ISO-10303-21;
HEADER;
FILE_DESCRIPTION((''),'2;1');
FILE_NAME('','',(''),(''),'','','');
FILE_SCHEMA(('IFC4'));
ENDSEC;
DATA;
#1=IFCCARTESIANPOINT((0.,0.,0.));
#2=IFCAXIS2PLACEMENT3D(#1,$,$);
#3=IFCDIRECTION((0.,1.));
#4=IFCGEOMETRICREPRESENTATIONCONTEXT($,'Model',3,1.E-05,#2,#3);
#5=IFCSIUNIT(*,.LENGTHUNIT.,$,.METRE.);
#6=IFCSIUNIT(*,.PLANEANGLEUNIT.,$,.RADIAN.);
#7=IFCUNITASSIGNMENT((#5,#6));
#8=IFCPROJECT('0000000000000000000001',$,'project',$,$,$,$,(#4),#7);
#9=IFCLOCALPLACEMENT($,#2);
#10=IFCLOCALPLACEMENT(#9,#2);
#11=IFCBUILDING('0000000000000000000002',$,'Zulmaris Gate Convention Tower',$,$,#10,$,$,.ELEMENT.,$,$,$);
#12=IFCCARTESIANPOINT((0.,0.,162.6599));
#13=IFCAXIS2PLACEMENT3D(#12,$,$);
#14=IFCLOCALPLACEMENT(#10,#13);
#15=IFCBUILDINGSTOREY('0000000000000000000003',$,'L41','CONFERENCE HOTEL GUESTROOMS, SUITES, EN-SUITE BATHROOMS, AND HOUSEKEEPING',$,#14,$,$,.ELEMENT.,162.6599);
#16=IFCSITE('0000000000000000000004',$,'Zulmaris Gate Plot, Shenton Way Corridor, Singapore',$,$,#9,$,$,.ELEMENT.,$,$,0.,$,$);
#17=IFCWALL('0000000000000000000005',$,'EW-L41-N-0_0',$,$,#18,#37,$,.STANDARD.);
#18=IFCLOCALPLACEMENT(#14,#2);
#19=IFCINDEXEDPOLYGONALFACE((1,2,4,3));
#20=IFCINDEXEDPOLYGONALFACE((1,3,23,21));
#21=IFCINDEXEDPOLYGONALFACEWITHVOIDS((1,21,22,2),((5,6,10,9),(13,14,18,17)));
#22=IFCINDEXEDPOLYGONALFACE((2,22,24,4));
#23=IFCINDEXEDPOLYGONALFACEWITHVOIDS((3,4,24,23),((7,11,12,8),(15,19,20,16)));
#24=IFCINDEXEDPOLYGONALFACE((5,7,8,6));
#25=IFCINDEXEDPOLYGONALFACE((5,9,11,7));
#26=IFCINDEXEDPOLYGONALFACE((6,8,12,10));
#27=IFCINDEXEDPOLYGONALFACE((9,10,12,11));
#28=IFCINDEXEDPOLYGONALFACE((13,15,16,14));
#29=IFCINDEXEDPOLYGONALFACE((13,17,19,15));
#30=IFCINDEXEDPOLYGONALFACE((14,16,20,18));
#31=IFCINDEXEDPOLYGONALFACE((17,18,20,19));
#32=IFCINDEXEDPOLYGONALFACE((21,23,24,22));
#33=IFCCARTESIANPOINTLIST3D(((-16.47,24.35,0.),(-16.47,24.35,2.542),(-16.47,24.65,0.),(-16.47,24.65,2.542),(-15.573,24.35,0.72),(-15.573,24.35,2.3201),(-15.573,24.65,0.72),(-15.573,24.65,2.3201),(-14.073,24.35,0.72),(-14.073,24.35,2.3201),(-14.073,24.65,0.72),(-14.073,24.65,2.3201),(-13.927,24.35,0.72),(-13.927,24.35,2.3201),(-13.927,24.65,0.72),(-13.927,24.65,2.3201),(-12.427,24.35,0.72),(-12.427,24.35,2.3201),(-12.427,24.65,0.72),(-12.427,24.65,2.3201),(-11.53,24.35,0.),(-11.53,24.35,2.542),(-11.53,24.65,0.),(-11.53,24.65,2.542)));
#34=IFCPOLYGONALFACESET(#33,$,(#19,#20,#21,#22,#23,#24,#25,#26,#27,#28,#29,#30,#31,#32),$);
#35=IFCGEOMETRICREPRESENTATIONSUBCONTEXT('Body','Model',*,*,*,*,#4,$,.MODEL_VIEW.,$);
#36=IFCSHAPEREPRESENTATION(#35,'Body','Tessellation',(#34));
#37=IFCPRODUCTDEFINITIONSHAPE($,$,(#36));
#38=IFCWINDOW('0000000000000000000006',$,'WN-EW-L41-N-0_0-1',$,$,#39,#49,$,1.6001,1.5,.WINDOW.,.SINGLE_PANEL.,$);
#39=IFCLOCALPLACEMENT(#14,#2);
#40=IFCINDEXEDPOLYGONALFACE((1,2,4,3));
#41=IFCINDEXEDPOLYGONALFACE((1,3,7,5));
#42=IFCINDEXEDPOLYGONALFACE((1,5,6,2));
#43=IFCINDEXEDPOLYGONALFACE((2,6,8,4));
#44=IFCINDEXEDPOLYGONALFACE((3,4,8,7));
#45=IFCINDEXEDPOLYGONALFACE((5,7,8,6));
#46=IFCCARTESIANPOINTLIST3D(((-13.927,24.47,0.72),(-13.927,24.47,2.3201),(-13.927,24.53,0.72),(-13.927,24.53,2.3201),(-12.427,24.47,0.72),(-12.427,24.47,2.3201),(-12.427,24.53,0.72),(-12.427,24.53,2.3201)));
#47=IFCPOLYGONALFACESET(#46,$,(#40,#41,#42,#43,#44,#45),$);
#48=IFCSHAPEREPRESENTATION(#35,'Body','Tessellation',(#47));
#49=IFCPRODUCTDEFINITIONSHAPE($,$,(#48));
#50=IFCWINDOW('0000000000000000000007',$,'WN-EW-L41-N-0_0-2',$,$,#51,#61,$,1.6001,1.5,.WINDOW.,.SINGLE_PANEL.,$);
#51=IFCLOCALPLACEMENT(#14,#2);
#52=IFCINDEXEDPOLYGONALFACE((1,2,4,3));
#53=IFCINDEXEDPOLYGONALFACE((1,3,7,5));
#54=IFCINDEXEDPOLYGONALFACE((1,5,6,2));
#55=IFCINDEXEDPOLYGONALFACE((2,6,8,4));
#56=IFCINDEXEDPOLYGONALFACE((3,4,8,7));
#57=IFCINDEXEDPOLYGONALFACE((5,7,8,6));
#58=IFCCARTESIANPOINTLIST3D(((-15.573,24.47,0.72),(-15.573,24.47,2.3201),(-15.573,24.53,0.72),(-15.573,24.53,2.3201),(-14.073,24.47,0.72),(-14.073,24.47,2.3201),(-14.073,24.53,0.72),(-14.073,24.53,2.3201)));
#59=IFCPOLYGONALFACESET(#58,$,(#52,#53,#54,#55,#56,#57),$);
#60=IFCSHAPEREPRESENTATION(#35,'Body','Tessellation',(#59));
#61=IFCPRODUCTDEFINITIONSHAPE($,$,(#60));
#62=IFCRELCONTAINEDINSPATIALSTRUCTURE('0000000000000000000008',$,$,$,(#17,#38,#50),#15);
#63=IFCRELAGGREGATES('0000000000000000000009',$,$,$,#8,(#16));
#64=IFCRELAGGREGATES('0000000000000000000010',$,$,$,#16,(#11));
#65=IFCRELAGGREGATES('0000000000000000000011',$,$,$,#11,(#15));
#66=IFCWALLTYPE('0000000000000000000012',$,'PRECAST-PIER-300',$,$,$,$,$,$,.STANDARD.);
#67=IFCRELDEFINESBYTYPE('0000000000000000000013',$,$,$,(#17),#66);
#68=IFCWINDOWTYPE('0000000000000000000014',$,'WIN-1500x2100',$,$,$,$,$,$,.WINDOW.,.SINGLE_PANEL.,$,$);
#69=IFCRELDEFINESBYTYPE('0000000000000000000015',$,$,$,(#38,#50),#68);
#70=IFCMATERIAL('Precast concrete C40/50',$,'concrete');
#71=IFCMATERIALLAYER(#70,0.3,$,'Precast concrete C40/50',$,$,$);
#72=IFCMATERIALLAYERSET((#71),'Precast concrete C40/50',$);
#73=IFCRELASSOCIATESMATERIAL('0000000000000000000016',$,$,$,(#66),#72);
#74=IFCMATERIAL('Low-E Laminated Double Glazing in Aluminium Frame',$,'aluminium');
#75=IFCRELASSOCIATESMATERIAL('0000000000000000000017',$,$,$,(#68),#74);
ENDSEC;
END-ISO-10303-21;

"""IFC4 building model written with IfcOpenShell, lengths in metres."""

from ifc_helpers import new_model, si_unit, direction, frame, frame_2d, origin, place, context, subcontext, project, spatial, rectangle, extrude, material, layer, layer_set, type_object, element, fill, save


model = new_model("IFC4")

# Units and contexts
model_context = context("Model", 3, precision=1e-05, world=origin(), true_north=direction((0.0, 1.0)))
body_context = subcontext(model_context, "Body", "Model", "MODEL_VIEW")
ifc_project = project(units=[si_unit("LENGTHUNIT", "METRE"), si_unit("PLANEANGLEUNIT", "RADIAN")], contexts=[model_context])

# Site, building, storey
site_placement = place(None, origin())
site = spatial("IfcSite", under=ifc_project, at=site_placement, Name="Zulmaris Gate Plot, Shenton Way Corridor, Singapore", CompositionType="ELEMENT", RefElevation=0.0)
building_placement = place(site_placement, origin())
building = spatial("IfcBuilding", under=site, at=building_placement, Name="Zulmaris Gate Convention Tower", CompositionType="ELEMENT")
storey_placement = place(building_placement, frame((0.0, 0.0, 162.6599)))
storey = spatial("IfcBuildingStorey", under=building, at=storey_placement, Name="L41", Description="CONFERENCE HOTEL GUESTROOMS, SUITES, EN-SUITE BATHROOMS, AND HOUSEKEEPING", CompositionType="ELEMENT", Elevation=162.6599)

# Wall, openings, windows
ifc_material_1 = material(Name="Precast concrete C40/50", Category="concrete")
ifc_layer_1 = layer(ifc_material_1, 0.3, Name="Precast concrete C40/50")
ifc_layer_set_1 = layer_set([ifc_layer_1], Name="Precast concrete C40/50")
wall_type_1 = type_object("IfcWallType", Name="PRECAST-PIER-300", PredefinedType="STANDARD", material=ifc_layer_set_1)
wall_1_placement = place(storey_placement, frame((-11.53, 24.5, 0.0), z_axis=(0.0, 0.0, 1.0), x_axis=(-1.0, 0.0, 0.0)))
wall_1 = element("IfcWall", 1, at=wall_1_placement, inside=storey, type_object=wall_type_1, Name="EW-L41-N-0_0", PredefinedType="STANDARD", context=body_context, shape_type="SweptSolid", body=[
    extrude(rectangle(XDim=4.9399, YDim=0.3, at=frame_2d((2.47, 0.0))), origin(), (0.0, 0.0, 1.0), 2.542),
])
opening_1_placement = place(wall_1_placement, frame((0.897, 0.0, 0.72)))
opening_1 = element("IfcOpeningElement", 2, at=opening_1_placement, cuts=wall_1, PredefinedType="OPENING", context=body_context, shape_type="SweptSolid", body=[
    extrude(rectangle(XDim=1.5, YDim=1.6001, at=frame_2d((0.75, 0.8))), frame((0.0, 0.1602, 0.0), z_axis=(0.0, -1.0, 0.0), x_axis=(1.0, 0.0, 0.0)), (0.0, 0.0, 1.0), 0.3201),
])
opening_2_placement = place(wall_1_placement, frame((2.543, 0.0, 0.72)))
opening_2 = element("IfcOpeningElement", 3, at=opening_2_placement, cuts=wall_1, PredefinedType="OPENING", context=body_context, shape_type="SweptSolid", body=[
    extrude(rectangle(XDim=1.5, YDim=1.6001, at=frame_2d((0.75, 0.8))), frame((0.0, 0.1602, 0.0), z_axis=(0.0, -1.0, 0.0), x_axis=(1.0, 0.0, 0.0)), (0.0, 0.0, 1.0), 0.3201),
])
ifc_material_2 = material(Name="Low-E Laminated Double Glazing in Aluminium Frame", Category="aluminium")
window_type = type_object("IfcWindowType", Name="WIN-1500x2100", PartitioningType="SINGLE_PANEL", PredefinedType="WINDOW", material=ifc_material_2)
window_1_placement = place(opening_1_placement, origin())
window_1 = element("IfcWindow", 4, at=window_1_placement, inside=storey, type_object=window_type, Name="WN-EW-L41-N-0_0-1", OverallHeight=1.6001, OverallWidth=1.5, PartitioningType="SINGLE_PANEL", PredefinedType="WINDOW", context=body_context, shape_type="SweptSolid", body=[
    extrude(rectangle(XDim=1.5, YDim=1.6001, at=frame_2d((0.75, 0.8))), frame((0.0, 0.03, 0.0), z_axis=(0.0, -1.0, 0.0), x_axis=(1.0, 0.0, 0.0)), (0.0, 0.0, 1.0), 0.0601),
])
fill(opening_1, window_1)
window_2_placement = place(opening_2_placement, origin())
window_2 = element("IfcWindow", 5, at=window_2_placement, inside=storey, type_object=window_type, Name="WN-EW-L41-N-0_0-2", OverallHeight=1.6001, OverallWidth=1.5, PartitioningType="SINGLE_PANEL", PredefinedType="WINDOW", context=body_context, shape_type="SweptSolid", body=[
    extrude(rectangle(XDim=1.5, YDim=1.6001, at=frame_2d((0.75, 0.8))), frame((0.0, 0.03, 0.0), z_axis=(0.0, -1.0, 0.0), x_axis=(1.0, 0.0, 0.0)), (0.0, 0.0, 1.0), 0.0601),
])
fill(opening_2, window_2)

save(model, "model.ifc")
